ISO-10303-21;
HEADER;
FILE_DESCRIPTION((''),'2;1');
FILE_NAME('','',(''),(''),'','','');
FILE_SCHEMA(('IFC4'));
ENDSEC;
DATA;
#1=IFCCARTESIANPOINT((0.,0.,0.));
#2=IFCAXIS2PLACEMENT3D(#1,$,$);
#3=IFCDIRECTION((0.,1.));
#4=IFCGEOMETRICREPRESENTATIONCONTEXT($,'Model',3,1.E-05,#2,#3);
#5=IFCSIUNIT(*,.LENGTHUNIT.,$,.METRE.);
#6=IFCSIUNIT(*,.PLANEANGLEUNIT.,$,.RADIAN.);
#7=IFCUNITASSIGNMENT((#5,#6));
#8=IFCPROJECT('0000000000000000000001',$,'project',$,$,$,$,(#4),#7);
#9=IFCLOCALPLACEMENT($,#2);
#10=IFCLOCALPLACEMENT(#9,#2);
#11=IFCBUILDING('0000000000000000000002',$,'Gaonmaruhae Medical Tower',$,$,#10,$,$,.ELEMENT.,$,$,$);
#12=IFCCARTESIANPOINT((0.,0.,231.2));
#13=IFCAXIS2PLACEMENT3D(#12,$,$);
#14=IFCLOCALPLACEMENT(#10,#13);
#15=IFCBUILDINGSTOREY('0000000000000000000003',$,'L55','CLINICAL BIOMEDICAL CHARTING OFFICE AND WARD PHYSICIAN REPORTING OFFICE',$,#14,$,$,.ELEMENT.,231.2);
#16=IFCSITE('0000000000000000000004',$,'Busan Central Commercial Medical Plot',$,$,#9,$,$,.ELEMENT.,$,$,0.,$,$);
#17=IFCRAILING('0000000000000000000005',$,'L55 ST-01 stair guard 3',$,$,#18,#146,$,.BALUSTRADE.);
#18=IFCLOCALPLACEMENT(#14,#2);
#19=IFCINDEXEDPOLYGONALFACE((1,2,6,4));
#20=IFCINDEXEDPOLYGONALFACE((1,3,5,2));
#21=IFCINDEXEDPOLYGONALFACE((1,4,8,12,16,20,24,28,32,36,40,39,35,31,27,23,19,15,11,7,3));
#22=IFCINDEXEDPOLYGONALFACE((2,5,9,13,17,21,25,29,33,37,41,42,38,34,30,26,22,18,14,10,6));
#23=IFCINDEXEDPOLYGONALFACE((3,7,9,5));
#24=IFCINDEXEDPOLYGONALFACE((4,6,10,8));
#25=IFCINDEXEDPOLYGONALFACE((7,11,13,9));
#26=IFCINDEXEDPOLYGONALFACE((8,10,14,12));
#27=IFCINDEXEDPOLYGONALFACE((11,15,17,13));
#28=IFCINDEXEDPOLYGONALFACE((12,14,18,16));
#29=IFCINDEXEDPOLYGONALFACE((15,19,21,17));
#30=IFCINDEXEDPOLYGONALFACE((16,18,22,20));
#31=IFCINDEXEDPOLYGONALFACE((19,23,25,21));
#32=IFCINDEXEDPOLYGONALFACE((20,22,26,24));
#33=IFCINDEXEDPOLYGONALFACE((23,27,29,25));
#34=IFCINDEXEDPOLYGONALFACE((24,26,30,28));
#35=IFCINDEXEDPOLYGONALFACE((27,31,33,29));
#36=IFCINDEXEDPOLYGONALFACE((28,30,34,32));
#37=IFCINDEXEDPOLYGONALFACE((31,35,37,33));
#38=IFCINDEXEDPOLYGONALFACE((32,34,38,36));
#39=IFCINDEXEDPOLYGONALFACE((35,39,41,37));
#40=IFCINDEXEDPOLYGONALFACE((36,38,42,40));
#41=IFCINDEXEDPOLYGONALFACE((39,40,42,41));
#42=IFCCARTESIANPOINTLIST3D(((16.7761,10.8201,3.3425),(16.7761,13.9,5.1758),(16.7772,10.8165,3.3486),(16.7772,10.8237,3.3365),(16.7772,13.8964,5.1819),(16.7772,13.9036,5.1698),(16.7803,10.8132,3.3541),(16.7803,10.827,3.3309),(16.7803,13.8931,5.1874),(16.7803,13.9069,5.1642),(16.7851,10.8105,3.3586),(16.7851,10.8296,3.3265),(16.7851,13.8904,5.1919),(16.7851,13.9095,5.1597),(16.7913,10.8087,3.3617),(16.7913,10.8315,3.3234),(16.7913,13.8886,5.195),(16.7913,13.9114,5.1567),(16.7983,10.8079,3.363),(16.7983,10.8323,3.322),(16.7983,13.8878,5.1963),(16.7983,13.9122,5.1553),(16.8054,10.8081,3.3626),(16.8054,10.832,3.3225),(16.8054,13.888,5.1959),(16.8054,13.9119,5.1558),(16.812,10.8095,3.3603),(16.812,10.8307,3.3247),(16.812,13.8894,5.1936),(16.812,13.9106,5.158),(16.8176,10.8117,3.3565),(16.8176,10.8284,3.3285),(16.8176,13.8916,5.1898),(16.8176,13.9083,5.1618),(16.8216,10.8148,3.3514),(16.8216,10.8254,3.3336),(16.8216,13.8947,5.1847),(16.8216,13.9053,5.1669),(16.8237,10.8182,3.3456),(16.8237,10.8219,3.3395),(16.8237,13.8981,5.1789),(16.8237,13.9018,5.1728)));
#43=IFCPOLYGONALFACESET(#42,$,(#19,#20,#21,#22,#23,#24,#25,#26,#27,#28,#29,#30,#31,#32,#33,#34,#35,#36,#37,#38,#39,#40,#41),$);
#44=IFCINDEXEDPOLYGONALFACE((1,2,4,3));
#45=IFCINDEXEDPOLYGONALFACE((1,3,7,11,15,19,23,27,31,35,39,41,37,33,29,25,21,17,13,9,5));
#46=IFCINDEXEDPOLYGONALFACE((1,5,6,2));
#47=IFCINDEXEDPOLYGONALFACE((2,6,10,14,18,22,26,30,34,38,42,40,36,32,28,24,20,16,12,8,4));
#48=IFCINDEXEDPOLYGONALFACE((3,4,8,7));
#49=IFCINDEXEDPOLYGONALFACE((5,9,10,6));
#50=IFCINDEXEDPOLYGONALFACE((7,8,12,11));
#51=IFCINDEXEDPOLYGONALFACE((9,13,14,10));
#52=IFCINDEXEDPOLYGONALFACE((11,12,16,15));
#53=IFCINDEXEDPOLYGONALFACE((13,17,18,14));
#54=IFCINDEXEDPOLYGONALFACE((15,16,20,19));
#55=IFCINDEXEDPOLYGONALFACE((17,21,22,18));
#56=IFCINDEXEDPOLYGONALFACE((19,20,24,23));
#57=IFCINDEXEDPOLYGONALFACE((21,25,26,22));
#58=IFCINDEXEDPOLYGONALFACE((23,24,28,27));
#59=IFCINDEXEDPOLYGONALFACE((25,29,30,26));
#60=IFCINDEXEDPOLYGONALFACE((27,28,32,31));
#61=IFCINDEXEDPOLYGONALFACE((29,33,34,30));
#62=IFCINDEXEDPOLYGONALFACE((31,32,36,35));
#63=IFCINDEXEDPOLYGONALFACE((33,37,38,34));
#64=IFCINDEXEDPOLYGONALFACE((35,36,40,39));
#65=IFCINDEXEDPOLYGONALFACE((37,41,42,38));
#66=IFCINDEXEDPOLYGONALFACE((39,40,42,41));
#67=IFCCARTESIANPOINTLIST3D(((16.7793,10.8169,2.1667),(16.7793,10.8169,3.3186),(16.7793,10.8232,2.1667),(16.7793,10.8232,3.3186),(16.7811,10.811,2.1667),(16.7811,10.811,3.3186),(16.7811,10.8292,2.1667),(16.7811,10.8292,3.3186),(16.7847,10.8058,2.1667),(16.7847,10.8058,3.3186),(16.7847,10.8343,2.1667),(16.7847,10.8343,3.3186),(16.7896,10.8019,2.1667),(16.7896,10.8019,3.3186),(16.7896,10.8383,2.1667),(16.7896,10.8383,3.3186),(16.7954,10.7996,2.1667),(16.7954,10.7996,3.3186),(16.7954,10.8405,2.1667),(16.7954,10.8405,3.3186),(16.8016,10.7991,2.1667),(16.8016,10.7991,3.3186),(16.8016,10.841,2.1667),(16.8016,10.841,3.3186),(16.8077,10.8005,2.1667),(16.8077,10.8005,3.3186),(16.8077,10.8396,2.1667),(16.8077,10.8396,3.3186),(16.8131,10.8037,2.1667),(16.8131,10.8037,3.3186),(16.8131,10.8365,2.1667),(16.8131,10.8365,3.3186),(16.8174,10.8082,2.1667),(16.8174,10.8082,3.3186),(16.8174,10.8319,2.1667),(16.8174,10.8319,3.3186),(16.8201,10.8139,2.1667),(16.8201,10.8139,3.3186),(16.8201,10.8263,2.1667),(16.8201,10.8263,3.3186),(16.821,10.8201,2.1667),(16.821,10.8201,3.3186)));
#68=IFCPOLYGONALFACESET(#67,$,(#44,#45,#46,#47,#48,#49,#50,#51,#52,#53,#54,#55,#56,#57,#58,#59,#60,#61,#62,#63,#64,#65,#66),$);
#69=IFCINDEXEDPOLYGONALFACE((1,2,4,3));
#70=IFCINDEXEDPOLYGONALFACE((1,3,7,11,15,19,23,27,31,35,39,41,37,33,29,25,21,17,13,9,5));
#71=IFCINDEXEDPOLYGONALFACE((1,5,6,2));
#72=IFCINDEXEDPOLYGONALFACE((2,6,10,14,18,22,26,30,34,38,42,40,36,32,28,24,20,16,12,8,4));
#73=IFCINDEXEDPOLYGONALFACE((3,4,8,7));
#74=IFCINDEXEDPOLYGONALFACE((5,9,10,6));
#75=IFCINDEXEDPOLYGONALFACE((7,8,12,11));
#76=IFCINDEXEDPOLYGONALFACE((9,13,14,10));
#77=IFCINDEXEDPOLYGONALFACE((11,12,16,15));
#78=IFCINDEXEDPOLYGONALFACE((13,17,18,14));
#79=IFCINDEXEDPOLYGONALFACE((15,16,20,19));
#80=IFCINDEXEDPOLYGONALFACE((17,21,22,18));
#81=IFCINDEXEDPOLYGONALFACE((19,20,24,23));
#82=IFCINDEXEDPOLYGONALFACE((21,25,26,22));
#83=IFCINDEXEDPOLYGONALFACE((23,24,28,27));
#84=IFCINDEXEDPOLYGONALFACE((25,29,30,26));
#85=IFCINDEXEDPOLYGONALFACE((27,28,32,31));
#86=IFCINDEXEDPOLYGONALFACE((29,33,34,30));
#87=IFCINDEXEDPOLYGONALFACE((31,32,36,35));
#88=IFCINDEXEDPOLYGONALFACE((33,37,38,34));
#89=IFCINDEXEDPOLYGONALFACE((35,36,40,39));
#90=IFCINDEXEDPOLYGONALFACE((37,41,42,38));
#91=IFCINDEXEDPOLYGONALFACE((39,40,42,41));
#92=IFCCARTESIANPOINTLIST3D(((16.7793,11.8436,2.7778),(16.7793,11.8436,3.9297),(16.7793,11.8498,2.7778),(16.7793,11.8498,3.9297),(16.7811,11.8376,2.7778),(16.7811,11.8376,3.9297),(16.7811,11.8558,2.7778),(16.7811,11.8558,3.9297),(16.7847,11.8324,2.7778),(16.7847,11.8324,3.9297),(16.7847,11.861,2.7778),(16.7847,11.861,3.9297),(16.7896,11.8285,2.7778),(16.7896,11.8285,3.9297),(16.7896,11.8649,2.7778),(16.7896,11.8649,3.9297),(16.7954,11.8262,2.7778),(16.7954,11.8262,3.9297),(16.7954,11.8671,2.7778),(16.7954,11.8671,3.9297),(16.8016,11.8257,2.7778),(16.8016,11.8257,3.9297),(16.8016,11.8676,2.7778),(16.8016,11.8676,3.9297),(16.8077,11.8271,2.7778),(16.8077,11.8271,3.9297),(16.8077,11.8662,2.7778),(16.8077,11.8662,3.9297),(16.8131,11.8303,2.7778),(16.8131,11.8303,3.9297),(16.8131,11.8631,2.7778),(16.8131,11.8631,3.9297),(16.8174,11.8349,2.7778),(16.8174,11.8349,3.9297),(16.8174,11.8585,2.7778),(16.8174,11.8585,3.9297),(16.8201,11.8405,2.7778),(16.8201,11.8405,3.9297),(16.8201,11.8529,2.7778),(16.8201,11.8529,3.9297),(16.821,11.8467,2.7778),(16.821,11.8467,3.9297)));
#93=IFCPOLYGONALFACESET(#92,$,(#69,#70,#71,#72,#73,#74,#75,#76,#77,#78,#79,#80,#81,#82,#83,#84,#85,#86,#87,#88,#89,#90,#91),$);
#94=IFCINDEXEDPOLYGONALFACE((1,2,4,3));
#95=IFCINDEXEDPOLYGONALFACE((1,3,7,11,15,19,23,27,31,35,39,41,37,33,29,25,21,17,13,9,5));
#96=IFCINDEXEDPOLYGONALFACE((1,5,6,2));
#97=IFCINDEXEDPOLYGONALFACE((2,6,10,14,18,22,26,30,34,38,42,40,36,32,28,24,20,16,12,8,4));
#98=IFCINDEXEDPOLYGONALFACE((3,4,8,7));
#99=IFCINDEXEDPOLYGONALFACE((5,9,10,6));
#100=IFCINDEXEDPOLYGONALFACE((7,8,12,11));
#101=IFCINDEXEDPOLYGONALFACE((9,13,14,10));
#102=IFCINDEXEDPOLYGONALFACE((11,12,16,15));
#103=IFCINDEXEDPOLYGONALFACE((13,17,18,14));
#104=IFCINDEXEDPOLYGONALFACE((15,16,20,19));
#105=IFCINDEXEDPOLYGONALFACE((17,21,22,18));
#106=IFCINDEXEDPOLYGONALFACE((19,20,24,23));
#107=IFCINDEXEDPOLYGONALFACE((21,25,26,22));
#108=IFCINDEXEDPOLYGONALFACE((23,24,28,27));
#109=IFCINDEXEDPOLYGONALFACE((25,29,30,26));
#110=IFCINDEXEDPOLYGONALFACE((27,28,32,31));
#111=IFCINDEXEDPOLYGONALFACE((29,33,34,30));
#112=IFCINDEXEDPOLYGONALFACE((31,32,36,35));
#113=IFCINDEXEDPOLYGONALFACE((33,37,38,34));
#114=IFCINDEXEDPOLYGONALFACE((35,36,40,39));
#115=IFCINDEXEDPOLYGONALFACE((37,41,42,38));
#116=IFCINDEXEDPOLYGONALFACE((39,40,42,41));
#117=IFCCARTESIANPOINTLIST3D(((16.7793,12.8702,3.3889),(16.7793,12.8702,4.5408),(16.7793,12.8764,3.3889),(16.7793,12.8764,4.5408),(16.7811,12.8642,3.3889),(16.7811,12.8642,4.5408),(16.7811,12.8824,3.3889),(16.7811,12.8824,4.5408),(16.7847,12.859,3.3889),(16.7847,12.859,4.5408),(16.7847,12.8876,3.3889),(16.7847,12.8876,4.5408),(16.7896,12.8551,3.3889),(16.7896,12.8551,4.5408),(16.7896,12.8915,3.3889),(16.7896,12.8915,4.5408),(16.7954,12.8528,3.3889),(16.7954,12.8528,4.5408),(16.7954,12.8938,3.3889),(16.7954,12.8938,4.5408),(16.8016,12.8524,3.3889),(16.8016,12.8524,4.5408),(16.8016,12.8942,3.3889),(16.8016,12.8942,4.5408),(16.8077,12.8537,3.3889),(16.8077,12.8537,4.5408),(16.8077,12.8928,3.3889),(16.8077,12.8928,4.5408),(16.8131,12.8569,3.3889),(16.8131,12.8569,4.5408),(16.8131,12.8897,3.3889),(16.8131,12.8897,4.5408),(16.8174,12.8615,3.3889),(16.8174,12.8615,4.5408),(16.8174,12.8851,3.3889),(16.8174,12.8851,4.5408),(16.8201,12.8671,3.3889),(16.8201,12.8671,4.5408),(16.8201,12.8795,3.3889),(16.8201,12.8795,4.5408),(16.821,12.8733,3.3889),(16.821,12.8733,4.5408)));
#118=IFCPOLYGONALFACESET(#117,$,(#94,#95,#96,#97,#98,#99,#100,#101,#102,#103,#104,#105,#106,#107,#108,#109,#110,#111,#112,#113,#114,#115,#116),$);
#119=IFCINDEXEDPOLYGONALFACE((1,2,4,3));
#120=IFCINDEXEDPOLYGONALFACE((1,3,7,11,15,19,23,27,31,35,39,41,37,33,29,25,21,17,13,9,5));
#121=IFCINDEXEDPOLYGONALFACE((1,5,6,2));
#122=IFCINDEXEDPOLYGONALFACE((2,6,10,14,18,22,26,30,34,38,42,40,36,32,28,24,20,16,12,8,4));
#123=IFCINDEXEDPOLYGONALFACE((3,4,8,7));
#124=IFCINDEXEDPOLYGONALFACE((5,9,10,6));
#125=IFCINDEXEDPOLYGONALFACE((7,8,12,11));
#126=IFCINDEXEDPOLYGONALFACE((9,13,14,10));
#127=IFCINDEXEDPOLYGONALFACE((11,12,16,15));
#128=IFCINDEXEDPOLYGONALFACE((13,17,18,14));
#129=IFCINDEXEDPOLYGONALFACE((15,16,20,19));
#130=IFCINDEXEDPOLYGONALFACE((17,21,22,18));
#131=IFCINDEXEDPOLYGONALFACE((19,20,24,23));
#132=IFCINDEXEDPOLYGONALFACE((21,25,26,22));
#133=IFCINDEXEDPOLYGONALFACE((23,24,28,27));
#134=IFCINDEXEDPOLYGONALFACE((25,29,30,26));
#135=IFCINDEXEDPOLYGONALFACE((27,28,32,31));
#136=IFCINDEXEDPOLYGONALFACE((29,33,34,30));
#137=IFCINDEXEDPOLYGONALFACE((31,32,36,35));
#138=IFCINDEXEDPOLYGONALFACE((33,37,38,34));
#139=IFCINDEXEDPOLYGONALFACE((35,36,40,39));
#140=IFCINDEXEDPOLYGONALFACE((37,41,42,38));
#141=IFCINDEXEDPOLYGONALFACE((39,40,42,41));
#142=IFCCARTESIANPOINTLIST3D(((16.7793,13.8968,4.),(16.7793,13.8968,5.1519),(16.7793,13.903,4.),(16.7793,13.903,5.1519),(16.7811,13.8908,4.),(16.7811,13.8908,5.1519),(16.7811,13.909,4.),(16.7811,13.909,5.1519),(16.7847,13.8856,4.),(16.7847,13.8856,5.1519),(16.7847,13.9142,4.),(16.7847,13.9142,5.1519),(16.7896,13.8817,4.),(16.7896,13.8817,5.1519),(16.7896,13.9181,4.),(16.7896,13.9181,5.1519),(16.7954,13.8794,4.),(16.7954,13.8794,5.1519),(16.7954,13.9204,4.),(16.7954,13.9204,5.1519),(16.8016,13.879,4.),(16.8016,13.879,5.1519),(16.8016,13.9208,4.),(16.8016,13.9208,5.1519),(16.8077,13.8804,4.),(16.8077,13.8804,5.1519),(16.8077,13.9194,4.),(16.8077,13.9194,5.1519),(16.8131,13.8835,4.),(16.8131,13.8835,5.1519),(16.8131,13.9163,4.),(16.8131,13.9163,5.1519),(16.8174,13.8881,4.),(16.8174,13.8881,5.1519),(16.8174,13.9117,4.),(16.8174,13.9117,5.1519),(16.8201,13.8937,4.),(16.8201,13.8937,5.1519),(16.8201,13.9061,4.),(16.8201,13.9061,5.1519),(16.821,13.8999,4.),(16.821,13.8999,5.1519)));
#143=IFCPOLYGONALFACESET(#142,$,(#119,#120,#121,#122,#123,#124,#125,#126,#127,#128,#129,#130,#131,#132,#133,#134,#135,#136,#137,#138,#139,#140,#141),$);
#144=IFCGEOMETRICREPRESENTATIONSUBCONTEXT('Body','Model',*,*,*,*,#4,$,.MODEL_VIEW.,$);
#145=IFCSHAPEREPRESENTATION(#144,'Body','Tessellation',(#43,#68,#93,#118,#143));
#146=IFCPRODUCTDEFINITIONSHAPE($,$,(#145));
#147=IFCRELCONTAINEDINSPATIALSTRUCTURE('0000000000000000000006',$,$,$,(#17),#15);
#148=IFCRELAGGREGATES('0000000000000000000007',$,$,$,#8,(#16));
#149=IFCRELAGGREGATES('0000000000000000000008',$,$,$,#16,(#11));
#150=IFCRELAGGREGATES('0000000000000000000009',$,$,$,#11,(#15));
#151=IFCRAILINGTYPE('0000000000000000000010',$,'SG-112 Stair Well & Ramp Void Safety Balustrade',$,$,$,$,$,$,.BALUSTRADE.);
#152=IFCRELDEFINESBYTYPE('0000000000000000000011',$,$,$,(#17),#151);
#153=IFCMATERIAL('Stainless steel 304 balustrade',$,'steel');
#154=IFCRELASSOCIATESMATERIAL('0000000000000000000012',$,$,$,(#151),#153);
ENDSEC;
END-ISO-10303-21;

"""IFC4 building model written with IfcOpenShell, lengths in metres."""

from ifc_helpers import new_model, si_unit, direction, frame, origin, origin_2d, place, context, subcontext, project, spatial, circle, extrude, material, type_object, element, save


model = new_model("IFC4")

# Units and contexts
model_context = context("Model", 3, precision=1e-05, world=origin(), true_north=direction((0.0, 1.0)))
body_context = subcontext(model_context, "Body", "Model", "MODEL_VIEW")
ifc_project = project(units=[si_unit("LENGTHUNIT", "METRE"), si_unit("PLANEANGLEUNIT", "RADIAN")], contexts=[model_context])

# Site, building, storey
site_placement = place(None, origin())
site = spatial("IfcSite", under=ifc_project, at=site_placement, Name="Busan Central Commercial Medical Plot", CompositionType="ELEMENT", RefElevation=0.0)
building_placement = place(site_placement, origin())
building = spatial("IfcBuilding", under=site, at=building_placement, Name="Gaonmaruhae Medical Tower", CompositionType="ELEMENT")
storey_placement = place(building_placement, frame((0.0, 0.0, 231.2)))
storey = spatial("IfcBuildingStorey", under=building, at=storey_placement, Name="L55", Description="CLINICAL BIOMEDICAL CHARTING OFFICE AND WARD PHYSICIAN REPORTING OFFICE", CompositionType="ELEMENT", Elevation=231.2)

# Railing
ifc_material_1 = material(Name="Stainless steel 304 balustrade", Category="steel")
railing_type_1 = type_object("IfcRailingType", Name="SG-112 Stair Well & Ramp Void Safety Balustrade", PredefinedType="BALUSTRADE", material=ifc_material_1)
railing_1_placement = place(storey_placement, frame((16.8, 10.8201, 2.1667)))
element("IfcRailing", 1, at=railing_1_placement, inside=storey, type_object=railing_type_1, Name="L55 ST-01 stair guard 3", PredefinedType="BALUSTRADE", context=body_context, shape_type="SweptSolid", body=[
    extrude(circle(Radius=0.0239, at=origin_2d()), frame((0.0, 0.0, 1.1758), z_axis=(0.0, 0.859291, 0.511487), x_axis=(-1.0, 0.0, 0.0)), (0.0, 0.0, 1.0), 3.5842),
    extrude(circle(Radius=0.021, at=origin_2d()), origin(), (0.0, 0.0, 1.0), 1.1519),
    extrude(circle(Radius=0.021, at=origin_2d()), frame((0.0, 1.0266, 0.6111)), (0.0, 0.0, 1.0), 1.1519),
    extrude(circle(Radius=0.021, at=origin_2d()), frame((0.0, 2.0532, 1.2222)), (0.0, 0.0, 1.0), 1.1519),
    extrude(circle(Radius=0.021, at=origin_2d()), frame((0.0, 3.0798, 1.8333)), (0.0, 0.0, 1.0), 1.1519),
])

save(model, "model.ifc")
